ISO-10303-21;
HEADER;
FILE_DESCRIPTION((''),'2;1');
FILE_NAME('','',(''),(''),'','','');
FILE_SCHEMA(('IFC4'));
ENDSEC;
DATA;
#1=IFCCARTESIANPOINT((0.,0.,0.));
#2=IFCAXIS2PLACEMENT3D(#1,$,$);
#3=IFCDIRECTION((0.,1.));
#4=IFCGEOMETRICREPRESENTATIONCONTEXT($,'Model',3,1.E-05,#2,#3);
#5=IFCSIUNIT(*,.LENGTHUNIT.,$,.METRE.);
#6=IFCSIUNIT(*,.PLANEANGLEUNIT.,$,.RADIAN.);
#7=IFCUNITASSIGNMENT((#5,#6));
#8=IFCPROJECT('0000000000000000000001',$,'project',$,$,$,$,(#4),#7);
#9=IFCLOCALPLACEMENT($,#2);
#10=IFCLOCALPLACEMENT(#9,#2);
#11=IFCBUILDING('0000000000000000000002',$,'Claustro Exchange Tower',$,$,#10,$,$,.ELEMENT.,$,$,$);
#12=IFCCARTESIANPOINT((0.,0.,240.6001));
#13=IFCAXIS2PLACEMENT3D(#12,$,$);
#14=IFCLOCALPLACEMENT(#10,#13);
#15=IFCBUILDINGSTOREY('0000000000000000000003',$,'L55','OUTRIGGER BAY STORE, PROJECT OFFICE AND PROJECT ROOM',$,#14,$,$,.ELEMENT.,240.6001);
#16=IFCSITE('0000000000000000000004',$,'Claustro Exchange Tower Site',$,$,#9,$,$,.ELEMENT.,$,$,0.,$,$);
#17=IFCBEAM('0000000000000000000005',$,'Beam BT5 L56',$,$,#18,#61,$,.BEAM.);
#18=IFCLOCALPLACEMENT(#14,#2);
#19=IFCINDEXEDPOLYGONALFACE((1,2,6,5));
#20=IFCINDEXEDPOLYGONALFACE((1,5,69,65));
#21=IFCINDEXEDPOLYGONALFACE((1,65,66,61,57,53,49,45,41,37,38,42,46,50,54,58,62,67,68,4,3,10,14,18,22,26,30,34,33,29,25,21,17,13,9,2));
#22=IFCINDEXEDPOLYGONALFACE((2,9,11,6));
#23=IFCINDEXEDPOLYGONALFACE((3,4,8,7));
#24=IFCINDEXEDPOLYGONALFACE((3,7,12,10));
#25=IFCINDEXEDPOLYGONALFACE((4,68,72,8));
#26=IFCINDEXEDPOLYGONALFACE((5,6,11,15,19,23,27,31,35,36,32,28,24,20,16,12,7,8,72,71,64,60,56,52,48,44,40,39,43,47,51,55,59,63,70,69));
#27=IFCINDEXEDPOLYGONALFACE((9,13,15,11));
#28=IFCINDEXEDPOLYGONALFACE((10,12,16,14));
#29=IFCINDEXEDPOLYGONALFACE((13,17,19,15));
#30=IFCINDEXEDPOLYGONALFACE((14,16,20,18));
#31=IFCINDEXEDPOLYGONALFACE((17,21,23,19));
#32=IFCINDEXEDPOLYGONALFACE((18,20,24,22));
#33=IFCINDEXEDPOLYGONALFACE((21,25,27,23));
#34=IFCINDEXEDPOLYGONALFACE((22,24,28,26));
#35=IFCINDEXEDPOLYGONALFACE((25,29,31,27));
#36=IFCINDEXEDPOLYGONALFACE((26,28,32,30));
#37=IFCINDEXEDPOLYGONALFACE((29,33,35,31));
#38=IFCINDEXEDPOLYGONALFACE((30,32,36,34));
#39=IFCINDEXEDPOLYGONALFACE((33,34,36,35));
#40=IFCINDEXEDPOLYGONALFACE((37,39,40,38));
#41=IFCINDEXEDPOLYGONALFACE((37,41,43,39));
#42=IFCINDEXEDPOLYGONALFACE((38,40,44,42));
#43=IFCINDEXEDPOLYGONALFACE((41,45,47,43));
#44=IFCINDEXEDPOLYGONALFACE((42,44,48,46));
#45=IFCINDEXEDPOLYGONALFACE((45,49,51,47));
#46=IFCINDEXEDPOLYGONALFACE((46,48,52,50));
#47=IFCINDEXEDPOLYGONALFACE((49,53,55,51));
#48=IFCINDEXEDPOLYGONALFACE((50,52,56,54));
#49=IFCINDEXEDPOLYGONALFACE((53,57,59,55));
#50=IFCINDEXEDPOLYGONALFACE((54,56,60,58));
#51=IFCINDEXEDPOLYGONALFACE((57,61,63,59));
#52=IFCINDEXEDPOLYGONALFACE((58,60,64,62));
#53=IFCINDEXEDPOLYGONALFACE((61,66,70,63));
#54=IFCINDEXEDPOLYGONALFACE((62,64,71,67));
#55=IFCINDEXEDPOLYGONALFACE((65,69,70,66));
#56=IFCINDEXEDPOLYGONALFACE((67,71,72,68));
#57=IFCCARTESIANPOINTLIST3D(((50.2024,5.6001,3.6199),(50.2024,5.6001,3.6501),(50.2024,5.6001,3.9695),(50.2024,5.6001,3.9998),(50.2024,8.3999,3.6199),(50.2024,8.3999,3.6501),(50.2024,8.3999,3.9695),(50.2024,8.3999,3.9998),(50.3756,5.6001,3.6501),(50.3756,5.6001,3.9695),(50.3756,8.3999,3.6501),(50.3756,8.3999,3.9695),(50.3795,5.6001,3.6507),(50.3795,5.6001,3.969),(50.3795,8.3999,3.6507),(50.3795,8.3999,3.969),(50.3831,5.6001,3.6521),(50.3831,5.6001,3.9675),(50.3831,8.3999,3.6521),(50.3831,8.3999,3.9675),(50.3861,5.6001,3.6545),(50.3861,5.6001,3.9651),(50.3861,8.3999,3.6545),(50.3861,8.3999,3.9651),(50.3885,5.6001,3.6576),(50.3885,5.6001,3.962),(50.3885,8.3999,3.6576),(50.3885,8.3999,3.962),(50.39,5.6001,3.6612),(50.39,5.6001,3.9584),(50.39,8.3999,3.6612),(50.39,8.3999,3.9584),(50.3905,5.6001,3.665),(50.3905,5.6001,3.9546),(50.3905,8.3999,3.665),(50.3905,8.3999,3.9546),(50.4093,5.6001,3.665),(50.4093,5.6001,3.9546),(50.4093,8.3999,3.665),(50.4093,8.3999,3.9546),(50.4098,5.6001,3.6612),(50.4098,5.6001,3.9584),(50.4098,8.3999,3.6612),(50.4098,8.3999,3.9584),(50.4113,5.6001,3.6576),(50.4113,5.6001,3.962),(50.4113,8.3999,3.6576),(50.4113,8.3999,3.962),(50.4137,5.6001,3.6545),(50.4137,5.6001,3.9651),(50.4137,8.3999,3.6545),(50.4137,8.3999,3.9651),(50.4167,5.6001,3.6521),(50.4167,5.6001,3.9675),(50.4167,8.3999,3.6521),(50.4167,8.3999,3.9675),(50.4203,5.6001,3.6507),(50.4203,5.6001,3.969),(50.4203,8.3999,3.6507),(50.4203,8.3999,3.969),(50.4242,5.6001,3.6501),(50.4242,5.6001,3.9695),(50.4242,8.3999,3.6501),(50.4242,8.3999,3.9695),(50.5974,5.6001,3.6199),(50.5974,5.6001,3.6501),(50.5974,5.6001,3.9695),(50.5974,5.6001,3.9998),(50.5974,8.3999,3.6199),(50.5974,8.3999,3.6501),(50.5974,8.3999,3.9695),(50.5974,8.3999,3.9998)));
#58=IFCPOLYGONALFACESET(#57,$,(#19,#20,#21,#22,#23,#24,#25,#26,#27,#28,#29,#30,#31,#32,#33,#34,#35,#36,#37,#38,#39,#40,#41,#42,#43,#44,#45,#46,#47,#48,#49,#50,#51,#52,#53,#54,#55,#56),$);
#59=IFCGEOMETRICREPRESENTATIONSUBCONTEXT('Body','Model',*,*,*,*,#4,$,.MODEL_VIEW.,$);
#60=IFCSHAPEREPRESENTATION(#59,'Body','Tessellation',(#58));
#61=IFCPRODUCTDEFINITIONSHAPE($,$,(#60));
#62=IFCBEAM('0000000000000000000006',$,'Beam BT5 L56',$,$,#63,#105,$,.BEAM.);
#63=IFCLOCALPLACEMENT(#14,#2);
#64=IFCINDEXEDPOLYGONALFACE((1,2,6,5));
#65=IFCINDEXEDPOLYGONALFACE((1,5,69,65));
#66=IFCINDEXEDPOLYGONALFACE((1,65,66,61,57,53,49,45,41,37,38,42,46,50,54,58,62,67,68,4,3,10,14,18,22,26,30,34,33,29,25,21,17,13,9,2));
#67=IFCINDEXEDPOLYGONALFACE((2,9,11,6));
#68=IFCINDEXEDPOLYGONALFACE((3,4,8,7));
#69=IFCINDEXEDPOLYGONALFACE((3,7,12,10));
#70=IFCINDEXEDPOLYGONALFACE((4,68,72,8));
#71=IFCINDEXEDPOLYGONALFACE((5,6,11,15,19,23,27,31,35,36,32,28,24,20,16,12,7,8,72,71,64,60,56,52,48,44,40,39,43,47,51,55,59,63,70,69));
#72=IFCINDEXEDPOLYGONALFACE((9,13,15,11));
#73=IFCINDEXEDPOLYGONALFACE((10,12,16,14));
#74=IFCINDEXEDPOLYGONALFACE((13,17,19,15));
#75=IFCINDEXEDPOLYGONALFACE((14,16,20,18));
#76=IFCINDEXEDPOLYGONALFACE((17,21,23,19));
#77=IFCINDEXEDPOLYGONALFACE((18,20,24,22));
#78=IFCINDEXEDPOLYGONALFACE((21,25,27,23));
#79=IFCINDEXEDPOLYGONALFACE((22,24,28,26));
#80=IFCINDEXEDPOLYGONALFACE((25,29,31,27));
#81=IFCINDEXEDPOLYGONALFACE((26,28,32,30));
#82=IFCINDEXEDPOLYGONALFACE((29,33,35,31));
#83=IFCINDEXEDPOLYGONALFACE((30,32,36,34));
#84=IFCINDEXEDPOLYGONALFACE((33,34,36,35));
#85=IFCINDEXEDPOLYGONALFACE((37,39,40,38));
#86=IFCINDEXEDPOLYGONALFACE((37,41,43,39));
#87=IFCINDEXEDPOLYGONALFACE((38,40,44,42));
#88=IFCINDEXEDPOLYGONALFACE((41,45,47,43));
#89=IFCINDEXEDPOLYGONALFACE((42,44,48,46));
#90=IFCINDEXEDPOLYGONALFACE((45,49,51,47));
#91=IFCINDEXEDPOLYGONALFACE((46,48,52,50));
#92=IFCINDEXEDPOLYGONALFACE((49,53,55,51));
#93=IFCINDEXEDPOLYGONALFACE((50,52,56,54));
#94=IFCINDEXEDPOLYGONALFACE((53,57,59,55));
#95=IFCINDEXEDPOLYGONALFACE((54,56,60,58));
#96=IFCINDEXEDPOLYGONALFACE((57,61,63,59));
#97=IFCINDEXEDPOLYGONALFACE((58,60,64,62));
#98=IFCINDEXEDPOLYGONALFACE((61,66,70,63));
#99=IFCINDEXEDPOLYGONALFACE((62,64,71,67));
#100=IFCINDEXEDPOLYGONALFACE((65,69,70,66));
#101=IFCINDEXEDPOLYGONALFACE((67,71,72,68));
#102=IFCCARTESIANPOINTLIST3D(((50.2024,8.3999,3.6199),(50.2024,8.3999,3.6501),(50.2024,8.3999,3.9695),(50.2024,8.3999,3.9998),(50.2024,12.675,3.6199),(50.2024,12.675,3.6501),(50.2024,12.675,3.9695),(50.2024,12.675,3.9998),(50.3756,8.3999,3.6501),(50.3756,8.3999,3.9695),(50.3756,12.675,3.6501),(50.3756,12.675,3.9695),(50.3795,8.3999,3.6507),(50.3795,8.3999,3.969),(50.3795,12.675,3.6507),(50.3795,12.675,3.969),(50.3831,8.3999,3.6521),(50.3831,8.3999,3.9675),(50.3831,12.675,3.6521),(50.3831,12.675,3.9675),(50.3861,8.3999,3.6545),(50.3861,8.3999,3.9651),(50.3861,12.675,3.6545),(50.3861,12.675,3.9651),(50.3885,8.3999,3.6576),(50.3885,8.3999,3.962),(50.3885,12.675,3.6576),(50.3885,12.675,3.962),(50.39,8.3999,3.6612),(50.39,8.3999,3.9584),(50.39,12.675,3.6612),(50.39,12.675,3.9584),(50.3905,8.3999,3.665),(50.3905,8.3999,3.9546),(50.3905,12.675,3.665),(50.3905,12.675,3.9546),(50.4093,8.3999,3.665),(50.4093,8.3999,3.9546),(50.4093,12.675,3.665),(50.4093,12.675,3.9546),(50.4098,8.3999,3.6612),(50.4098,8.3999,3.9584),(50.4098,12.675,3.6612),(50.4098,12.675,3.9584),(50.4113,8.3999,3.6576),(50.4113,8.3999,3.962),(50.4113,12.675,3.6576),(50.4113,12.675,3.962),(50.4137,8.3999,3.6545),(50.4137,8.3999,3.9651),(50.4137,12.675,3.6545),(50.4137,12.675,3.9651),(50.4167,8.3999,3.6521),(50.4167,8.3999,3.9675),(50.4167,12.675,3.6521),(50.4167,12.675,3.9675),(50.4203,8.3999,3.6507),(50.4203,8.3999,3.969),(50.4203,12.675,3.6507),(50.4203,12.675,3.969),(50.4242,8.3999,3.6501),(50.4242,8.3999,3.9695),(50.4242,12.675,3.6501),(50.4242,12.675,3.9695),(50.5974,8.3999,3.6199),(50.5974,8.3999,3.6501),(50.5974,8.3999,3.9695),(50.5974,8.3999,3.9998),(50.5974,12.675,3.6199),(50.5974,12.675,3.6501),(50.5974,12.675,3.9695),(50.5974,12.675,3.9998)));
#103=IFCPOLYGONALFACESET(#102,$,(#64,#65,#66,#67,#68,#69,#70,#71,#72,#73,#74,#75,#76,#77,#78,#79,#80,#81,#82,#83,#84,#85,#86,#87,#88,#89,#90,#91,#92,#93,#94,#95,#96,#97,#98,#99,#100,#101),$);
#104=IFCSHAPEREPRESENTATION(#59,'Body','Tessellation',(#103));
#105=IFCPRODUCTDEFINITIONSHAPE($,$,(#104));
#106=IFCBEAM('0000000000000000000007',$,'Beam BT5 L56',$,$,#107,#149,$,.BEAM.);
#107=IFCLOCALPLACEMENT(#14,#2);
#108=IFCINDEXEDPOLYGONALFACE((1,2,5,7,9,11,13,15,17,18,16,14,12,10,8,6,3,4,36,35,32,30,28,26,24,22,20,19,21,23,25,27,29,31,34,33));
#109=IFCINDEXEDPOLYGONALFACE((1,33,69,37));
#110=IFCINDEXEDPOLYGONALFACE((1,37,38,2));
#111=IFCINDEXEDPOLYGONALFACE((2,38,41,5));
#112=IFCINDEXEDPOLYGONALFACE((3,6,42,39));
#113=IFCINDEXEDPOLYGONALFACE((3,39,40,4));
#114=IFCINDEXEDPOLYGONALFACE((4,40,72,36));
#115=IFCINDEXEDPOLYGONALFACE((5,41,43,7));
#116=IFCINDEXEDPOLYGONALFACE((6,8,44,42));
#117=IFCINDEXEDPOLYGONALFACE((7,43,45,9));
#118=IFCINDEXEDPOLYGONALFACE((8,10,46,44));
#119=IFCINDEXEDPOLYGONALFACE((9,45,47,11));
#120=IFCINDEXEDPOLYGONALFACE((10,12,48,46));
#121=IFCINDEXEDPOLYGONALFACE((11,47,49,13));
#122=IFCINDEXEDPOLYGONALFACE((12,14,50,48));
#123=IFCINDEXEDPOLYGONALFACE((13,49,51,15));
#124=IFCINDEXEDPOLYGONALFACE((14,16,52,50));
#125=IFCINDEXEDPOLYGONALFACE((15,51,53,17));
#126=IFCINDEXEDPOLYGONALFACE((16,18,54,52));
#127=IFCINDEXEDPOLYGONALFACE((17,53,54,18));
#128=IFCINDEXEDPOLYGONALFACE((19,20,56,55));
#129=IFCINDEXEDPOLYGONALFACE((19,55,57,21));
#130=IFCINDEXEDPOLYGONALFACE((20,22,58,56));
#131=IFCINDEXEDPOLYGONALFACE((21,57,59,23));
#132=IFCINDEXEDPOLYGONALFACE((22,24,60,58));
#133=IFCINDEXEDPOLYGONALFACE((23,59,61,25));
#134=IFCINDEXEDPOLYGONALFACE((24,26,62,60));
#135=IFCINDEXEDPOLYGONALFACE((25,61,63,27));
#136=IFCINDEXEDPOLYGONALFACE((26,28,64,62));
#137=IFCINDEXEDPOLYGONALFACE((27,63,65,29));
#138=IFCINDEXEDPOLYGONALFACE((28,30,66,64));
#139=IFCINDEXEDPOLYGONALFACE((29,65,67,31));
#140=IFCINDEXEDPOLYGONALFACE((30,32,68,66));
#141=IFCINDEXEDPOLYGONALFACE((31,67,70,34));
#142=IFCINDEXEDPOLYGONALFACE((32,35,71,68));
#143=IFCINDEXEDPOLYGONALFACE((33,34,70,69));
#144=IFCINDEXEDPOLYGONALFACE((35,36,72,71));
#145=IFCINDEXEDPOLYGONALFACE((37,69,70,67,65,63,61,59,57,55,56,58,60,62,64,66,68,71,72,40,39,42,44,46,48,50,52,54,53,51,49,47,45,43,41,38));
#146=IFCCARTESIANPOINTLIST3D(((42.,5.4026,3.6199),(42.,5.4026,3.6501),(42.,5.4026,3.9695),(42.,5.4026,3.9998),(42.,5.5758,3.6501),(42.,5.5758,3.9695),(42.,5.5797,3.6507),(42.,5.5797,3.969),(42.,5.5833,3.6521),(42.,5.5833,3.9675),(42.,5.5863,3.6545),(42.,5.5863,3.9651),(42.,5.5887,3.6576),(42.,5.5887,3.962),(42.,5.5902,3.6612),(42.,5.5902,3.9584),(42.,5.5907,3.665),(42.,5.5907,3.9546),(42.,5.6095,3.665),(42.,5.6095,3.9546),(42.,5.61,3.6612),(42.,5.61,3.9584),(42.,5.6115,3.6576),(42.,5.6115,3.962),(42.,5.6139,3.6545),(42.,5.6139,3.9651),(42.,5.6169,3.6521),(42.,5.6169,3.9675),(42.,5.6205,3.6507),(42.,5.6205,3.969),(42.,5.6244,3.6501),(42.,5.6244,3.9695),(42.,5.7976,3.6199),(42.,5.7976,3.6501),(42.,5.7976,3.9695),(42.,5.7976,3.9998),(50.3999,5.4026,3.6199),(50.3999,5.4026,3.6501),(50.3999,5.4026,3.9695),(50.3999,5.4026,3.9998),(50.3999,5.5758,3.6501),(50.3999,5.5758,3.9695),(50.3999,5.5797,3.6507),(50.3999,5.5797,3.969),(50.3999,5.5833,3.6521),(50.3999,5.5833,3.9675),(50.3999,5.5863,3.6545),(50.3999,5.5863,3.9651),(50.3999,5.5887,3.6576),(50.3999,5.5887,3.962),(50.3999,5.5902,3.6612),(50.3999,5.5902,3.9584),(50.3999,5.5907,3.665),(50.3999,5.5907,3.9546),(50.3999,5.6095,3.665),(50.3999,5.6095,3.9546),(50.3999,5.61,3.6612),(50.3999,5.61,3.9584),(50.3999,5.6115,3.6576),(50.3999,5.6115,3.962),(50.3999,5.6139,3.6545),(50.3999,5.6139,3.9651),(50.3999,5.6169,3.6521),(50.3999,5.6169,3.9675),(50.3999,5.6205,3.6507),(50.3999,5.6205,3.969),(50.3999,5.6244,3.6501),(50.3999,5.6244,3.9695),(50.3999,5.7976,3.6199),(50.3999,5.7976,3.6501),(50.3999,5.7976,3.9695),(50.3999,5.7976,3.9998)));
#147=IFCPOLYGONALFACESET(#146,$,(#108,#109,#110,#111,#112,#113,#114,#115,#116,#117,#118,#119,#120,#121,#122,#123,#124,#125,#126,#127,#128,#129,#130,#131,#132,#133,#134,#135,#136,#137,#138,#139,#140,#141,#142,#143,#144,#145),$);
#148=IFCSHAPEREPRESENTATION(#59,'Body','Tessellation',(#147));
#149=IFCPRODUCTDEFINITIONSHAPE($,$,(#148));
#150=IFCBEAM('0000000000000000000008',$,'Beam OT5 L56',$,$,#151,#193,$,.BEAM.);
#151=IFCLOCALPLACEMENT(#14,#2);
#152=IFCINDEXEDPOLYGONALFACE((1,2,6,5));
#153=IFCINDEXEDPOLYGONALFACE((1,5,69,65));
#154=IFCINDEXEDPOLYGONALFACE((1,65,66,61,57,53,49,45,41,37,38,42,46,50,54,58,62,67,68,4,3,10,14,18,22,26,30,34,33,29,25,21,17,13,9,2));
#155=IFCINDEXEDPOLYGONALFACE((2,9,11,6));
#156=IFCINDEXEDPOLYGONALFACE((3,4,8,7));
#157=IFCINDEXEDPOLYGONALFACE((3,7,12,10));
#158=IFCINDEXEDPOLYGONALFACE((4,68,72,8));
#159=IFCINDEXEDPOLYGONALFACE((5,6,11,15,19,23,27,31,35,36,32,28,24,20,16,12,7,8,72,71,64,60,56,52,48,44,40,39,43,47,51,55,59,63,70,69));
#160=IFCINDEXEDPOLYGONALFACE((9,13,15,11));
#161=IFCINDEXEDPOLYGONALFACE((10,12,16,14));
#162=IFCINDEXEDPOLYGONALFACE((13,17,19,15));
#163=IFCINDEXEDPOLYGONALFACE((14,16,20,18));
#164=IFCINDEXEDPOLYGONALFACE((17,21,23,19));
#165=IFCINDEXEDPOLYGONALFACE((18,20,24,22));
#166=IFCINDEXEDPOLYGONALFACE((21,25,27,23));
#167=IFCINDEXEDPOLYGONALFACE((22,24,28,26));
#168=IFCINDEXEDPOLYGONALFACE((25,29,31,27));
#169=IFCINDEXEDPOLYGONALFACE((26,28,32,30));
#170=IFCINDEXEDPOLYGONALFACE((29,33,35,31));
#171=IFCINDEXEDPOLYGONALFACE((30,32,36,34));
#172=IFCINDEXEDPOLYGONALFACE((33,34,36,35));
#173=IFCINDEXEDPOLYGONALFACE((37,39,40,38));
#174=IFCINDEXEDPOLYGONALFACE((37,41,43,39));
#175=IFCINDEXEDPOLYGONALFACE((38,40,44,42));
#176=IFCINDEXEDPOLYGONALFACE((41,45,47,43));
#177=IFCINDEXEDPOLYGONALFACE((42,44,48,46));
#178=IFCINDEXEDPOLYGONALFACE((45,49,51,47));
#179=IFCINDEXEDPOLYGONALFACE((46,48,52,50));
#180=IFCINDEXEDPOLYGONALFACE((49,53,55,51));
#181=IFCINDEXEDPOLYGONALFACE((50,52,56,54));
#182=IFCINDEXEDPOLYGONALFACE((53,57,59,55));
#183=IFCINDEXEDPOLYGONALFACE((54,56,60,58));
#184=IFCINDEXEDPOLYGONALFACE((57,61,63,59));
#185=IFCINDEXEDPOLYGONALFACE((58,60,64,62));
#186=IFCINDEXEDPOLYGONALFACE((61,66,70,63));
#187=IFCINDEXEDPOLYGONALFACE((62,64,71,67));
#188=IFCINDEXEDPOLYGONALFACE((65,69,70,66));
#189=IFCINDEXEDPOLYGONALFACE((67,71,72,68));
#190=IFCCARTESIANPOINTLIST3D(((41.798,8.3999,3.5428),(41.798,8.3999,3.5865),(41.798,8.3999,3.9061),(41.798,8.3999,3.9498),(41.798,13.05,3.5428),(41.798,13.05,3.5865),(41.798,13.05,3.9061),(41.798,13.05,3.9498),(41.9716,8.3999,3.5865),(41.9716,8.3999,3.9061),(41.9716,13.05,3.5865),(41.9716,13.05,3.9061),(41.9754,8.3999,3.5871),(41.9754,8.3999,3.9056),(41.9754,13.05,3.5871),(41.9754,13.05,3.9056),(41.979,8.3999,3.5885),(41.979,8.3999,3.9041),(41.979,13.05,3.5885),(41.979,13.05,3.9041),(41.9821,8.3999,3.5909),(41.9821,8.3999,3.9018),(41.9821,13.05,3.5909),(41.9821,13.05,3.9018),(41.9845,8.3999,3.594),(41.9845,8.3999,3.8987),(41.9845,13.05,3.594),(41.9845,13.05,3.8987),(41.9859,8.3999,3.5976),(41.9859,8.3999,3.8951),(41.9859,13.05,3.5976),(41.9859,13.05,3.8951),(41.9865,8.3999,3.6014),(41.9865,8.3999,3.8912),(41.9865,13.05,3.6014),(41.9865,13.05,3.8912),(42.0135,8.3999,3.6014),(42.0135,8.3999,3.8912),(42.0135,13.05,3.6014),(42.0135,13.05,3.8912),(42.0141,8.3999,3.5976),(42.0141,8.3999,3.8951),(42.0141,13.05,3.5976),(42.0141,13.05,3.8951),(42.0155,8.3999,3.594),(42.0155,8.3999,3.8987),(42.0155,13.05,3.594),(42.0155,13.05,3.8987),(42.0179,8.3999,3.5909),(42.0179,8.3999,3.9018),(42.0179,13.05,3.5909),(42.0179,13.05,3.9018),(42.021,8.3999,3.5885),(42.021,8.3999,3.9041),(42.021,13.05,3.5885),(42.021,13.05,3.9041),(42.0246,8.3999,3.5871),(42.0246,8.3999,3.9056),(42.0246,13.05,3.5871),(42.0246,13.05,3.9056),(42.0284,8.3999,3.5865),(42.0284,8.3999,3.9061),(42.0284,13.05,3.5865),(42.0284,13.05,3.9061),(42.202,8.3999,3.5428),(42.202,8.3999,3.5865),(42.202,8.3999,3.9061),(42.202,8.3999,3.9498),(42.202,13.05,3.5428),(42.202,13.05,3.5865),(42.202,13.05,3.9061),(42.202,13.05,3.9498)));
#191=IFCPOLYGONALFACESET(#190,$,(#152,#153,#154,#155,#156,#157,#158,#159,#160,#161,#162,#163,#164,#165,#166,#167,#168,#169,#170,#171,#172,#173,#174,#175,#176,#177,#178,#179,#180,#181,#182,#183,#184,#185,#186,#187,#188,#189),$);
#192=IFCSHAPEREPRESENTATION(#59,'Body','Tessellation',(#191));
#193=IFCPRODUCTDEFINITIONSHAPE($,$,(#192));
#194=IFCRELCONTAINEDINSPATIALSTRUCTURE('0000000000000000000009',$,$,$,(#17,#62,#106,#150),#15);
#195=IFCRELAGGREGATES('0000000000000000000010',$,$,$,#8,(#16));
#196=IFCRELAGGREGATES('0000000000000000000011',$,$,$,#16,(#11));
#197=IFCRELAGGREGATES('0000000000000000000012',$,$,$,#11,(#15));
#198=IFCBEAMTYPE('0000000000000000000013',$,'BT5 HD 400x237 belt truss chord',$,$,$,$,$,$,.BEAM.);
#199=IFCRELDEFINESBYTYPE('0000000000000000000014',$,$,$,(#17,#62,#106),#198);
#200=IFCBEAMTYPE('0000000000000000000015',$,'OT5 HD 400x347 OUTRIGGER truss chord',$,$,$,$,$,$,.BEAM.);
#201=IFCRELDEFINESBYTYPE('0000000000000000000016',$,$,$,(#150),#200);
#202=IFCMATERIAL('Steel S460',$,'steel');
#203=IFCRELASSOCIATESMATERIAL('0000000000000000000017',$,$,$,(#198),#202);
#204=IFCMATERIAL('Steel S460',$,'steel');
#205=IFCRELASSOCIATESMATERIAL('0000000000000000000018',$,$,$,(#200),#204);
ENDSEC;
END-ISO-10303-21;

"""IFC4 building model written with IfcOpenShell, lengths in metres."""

from ifc_helpers import new_model, si_unit, direction, frame, origin, origin_2d, place, context, subcontext, project, spatial, i_section, extrude, material, material_profile, profile_set, type_object, element, save


model = new_model("IFC4")

# Units and contexts
model_context = context("Model", 3, precision=1e-05, world=origin(), true_north=direction((0.0, 1.0)))
body_context = subcontext(model_context, "Body", "Model", "MODEL_VIEW")
ifc_project = project(units=[si_unit("LENGTHUNIT", "METRE"), si_unit("PLANEANGLEUNIT", "RADIAN")], contexts=[model_context])

# Site, building, storey
site_placement = place(None, origin())
site = spatial("IfcSite", under=ifc_project, at=site_placement, Name="Claustro Exchange Tower Site", CompositionType="ELEMENT", RefElevation=0.0)
building_placement = place(site_placement, origin())
building = spatial("IfcBuilding", under=site, at=building_placement, Name="Claustro Exchange Tower", CompositionType="ELEMENT")
storey_placement = place(building_placement, frame((0.0, 0.0, 240.6001)))
storey = spatial("IfcBuildingStorey", under=building, at=storey_placement, Name="L55", Description="OUTRIGGER BAY STORE, PROJECT OFFICE AND PROJECT ROOM", CompositionType="ELEMENT", Elevation=240.6001)

# Beams
ifc_material_1 = material(Name="Steel S460", Category="steel")
ifc_material_profile_1 = material_profile(ifc_material_1, i_section(OverallWidth=0.395, OverallDepth=0.3799, WebThickness=0.0188, FlangeThickness=0.0303, FilletRadius=0.0149, at=origin_2d()), Name="HD 400x237")
ifc_profile_set_1 = profile_set([ifc_material_profile_1], Name="Steel S460")
beam_type_1 = type_object("IfcBeamType", Name="BT5 HD 400x237 belt truss chord", PredefinedType="BEAM", material=ifc_profile_set_1)
beam_1_placement = place(storey_placement, frame((50.3999, 5.6001, 3.8098), z_axis=(0.0, 1.0, 0.0), x_axis=(-1.0, 0.0, 0.0)))
element("IfcBeam", 1, at=beam_1_placement, inside=storey, type_object=beam_type_1, Name="Beam BT5 L56", PredefinedType="BEAM", context=body_context, shape_type="SweptSolid", body=[
    extrude(i_section(OverallWidth=0.395, OverallDepth=0.3799, WebThickness=0.0188, FlangeThickness=0.0303, FilletRadius=0.0149, at=origin_2d()), origin(), (0.0, 0.0, 1.0), 2.7998),
])
beam_2_placement = place(storey_placement, frame((50.3999, 8.3999, 3.8098), z_axis=(0.0, 1.0, 0.0), x_axis=(-1.0, 0.0, 0.0)))
element("IfcBeam", 2, at=beam_2_placement, inside=storey, type_object=beam_type_1, Name="Beam BT5 L56", PredefinedType="BEAM", context=body_context, shape_type="SweptSolid", body=[
    extrude(i_section(OverallWidth=0.395, OverallDepth=0.3799, WebThickness=0.0188, FlangeThickness=0.0303, FilletRadius=0.0149, at=origin_2d()), origin(), (0.0, 0.0, 1.0), 4.2751),
])
beam_3_placement = place(storey_placement, frame((42.0, 5.6001, 3.8098), z_axis=(1.0, 0.0, 0.0), x_axis=(0.0, 1.0, 0.0)))
element("IfcBeam", 3, at=beam_3_placement, inside=storey, type_object=beam_type_1, Name="Beam BT5 L56", PredefinedType="BEAM", context=body_context, shape_type="SweptSolid", body=[
    extrude(i_section(OverallWidth=0.395, OverallDepth=0.3799, WebThickness=0.0188, FlangeThickness=0.0303, FilletRadius=0.0149, at=origin_2d()), origin(), (0.0, 0.0, 1.0), 8.3999),
])
ifc_material_2 = material(Name="Steel S460", Category="steel")
ifc_material_profile_2 = material_profile(ifc_material_2, i_section(OverallWidth=0.4041, OverallDepth=0.407, WebThickness=0.0271, FlangeThickness=0.0437, FilletRadius=0.0149, at=origin_2d()), Name="HD 400x347")
ifc_profile_set_2 = profile_set([ifc_material_profile_2], Name="Steel S460")
beam_type_2 = type_object("IfcBeamType", Name="OT5 HD 400x347 OUTRIGGER truss chord", PredefinedType="BEAM", material=ifc_profile_set_2)
beam_4_placement = place(storey_placement, frame((42.0, 8.3999, 3.7463), z_axis=(0.0, 1.0, 0.0), x_axis=(-1.0, 0.0, 0.0)))
element("IfcBeam", 4, at=beam_4_placement, inside=storey, type_object=beam_type_2, Name="Beam OT5 L56", PredefinedType="BEAM", context=body_context, shape_type="SweptSolid", body=[
    extrude(i_section(OverallWidth=0.4041, OverallDepth=0.407, WebThickness=0.0271, FlangeThickness=0.0437, FilletRadius=0.0149, at=origin_2d()), origin(), (0.0, 0.0, 1.0), 4.6501),
])

save(model, "model.ifc")
